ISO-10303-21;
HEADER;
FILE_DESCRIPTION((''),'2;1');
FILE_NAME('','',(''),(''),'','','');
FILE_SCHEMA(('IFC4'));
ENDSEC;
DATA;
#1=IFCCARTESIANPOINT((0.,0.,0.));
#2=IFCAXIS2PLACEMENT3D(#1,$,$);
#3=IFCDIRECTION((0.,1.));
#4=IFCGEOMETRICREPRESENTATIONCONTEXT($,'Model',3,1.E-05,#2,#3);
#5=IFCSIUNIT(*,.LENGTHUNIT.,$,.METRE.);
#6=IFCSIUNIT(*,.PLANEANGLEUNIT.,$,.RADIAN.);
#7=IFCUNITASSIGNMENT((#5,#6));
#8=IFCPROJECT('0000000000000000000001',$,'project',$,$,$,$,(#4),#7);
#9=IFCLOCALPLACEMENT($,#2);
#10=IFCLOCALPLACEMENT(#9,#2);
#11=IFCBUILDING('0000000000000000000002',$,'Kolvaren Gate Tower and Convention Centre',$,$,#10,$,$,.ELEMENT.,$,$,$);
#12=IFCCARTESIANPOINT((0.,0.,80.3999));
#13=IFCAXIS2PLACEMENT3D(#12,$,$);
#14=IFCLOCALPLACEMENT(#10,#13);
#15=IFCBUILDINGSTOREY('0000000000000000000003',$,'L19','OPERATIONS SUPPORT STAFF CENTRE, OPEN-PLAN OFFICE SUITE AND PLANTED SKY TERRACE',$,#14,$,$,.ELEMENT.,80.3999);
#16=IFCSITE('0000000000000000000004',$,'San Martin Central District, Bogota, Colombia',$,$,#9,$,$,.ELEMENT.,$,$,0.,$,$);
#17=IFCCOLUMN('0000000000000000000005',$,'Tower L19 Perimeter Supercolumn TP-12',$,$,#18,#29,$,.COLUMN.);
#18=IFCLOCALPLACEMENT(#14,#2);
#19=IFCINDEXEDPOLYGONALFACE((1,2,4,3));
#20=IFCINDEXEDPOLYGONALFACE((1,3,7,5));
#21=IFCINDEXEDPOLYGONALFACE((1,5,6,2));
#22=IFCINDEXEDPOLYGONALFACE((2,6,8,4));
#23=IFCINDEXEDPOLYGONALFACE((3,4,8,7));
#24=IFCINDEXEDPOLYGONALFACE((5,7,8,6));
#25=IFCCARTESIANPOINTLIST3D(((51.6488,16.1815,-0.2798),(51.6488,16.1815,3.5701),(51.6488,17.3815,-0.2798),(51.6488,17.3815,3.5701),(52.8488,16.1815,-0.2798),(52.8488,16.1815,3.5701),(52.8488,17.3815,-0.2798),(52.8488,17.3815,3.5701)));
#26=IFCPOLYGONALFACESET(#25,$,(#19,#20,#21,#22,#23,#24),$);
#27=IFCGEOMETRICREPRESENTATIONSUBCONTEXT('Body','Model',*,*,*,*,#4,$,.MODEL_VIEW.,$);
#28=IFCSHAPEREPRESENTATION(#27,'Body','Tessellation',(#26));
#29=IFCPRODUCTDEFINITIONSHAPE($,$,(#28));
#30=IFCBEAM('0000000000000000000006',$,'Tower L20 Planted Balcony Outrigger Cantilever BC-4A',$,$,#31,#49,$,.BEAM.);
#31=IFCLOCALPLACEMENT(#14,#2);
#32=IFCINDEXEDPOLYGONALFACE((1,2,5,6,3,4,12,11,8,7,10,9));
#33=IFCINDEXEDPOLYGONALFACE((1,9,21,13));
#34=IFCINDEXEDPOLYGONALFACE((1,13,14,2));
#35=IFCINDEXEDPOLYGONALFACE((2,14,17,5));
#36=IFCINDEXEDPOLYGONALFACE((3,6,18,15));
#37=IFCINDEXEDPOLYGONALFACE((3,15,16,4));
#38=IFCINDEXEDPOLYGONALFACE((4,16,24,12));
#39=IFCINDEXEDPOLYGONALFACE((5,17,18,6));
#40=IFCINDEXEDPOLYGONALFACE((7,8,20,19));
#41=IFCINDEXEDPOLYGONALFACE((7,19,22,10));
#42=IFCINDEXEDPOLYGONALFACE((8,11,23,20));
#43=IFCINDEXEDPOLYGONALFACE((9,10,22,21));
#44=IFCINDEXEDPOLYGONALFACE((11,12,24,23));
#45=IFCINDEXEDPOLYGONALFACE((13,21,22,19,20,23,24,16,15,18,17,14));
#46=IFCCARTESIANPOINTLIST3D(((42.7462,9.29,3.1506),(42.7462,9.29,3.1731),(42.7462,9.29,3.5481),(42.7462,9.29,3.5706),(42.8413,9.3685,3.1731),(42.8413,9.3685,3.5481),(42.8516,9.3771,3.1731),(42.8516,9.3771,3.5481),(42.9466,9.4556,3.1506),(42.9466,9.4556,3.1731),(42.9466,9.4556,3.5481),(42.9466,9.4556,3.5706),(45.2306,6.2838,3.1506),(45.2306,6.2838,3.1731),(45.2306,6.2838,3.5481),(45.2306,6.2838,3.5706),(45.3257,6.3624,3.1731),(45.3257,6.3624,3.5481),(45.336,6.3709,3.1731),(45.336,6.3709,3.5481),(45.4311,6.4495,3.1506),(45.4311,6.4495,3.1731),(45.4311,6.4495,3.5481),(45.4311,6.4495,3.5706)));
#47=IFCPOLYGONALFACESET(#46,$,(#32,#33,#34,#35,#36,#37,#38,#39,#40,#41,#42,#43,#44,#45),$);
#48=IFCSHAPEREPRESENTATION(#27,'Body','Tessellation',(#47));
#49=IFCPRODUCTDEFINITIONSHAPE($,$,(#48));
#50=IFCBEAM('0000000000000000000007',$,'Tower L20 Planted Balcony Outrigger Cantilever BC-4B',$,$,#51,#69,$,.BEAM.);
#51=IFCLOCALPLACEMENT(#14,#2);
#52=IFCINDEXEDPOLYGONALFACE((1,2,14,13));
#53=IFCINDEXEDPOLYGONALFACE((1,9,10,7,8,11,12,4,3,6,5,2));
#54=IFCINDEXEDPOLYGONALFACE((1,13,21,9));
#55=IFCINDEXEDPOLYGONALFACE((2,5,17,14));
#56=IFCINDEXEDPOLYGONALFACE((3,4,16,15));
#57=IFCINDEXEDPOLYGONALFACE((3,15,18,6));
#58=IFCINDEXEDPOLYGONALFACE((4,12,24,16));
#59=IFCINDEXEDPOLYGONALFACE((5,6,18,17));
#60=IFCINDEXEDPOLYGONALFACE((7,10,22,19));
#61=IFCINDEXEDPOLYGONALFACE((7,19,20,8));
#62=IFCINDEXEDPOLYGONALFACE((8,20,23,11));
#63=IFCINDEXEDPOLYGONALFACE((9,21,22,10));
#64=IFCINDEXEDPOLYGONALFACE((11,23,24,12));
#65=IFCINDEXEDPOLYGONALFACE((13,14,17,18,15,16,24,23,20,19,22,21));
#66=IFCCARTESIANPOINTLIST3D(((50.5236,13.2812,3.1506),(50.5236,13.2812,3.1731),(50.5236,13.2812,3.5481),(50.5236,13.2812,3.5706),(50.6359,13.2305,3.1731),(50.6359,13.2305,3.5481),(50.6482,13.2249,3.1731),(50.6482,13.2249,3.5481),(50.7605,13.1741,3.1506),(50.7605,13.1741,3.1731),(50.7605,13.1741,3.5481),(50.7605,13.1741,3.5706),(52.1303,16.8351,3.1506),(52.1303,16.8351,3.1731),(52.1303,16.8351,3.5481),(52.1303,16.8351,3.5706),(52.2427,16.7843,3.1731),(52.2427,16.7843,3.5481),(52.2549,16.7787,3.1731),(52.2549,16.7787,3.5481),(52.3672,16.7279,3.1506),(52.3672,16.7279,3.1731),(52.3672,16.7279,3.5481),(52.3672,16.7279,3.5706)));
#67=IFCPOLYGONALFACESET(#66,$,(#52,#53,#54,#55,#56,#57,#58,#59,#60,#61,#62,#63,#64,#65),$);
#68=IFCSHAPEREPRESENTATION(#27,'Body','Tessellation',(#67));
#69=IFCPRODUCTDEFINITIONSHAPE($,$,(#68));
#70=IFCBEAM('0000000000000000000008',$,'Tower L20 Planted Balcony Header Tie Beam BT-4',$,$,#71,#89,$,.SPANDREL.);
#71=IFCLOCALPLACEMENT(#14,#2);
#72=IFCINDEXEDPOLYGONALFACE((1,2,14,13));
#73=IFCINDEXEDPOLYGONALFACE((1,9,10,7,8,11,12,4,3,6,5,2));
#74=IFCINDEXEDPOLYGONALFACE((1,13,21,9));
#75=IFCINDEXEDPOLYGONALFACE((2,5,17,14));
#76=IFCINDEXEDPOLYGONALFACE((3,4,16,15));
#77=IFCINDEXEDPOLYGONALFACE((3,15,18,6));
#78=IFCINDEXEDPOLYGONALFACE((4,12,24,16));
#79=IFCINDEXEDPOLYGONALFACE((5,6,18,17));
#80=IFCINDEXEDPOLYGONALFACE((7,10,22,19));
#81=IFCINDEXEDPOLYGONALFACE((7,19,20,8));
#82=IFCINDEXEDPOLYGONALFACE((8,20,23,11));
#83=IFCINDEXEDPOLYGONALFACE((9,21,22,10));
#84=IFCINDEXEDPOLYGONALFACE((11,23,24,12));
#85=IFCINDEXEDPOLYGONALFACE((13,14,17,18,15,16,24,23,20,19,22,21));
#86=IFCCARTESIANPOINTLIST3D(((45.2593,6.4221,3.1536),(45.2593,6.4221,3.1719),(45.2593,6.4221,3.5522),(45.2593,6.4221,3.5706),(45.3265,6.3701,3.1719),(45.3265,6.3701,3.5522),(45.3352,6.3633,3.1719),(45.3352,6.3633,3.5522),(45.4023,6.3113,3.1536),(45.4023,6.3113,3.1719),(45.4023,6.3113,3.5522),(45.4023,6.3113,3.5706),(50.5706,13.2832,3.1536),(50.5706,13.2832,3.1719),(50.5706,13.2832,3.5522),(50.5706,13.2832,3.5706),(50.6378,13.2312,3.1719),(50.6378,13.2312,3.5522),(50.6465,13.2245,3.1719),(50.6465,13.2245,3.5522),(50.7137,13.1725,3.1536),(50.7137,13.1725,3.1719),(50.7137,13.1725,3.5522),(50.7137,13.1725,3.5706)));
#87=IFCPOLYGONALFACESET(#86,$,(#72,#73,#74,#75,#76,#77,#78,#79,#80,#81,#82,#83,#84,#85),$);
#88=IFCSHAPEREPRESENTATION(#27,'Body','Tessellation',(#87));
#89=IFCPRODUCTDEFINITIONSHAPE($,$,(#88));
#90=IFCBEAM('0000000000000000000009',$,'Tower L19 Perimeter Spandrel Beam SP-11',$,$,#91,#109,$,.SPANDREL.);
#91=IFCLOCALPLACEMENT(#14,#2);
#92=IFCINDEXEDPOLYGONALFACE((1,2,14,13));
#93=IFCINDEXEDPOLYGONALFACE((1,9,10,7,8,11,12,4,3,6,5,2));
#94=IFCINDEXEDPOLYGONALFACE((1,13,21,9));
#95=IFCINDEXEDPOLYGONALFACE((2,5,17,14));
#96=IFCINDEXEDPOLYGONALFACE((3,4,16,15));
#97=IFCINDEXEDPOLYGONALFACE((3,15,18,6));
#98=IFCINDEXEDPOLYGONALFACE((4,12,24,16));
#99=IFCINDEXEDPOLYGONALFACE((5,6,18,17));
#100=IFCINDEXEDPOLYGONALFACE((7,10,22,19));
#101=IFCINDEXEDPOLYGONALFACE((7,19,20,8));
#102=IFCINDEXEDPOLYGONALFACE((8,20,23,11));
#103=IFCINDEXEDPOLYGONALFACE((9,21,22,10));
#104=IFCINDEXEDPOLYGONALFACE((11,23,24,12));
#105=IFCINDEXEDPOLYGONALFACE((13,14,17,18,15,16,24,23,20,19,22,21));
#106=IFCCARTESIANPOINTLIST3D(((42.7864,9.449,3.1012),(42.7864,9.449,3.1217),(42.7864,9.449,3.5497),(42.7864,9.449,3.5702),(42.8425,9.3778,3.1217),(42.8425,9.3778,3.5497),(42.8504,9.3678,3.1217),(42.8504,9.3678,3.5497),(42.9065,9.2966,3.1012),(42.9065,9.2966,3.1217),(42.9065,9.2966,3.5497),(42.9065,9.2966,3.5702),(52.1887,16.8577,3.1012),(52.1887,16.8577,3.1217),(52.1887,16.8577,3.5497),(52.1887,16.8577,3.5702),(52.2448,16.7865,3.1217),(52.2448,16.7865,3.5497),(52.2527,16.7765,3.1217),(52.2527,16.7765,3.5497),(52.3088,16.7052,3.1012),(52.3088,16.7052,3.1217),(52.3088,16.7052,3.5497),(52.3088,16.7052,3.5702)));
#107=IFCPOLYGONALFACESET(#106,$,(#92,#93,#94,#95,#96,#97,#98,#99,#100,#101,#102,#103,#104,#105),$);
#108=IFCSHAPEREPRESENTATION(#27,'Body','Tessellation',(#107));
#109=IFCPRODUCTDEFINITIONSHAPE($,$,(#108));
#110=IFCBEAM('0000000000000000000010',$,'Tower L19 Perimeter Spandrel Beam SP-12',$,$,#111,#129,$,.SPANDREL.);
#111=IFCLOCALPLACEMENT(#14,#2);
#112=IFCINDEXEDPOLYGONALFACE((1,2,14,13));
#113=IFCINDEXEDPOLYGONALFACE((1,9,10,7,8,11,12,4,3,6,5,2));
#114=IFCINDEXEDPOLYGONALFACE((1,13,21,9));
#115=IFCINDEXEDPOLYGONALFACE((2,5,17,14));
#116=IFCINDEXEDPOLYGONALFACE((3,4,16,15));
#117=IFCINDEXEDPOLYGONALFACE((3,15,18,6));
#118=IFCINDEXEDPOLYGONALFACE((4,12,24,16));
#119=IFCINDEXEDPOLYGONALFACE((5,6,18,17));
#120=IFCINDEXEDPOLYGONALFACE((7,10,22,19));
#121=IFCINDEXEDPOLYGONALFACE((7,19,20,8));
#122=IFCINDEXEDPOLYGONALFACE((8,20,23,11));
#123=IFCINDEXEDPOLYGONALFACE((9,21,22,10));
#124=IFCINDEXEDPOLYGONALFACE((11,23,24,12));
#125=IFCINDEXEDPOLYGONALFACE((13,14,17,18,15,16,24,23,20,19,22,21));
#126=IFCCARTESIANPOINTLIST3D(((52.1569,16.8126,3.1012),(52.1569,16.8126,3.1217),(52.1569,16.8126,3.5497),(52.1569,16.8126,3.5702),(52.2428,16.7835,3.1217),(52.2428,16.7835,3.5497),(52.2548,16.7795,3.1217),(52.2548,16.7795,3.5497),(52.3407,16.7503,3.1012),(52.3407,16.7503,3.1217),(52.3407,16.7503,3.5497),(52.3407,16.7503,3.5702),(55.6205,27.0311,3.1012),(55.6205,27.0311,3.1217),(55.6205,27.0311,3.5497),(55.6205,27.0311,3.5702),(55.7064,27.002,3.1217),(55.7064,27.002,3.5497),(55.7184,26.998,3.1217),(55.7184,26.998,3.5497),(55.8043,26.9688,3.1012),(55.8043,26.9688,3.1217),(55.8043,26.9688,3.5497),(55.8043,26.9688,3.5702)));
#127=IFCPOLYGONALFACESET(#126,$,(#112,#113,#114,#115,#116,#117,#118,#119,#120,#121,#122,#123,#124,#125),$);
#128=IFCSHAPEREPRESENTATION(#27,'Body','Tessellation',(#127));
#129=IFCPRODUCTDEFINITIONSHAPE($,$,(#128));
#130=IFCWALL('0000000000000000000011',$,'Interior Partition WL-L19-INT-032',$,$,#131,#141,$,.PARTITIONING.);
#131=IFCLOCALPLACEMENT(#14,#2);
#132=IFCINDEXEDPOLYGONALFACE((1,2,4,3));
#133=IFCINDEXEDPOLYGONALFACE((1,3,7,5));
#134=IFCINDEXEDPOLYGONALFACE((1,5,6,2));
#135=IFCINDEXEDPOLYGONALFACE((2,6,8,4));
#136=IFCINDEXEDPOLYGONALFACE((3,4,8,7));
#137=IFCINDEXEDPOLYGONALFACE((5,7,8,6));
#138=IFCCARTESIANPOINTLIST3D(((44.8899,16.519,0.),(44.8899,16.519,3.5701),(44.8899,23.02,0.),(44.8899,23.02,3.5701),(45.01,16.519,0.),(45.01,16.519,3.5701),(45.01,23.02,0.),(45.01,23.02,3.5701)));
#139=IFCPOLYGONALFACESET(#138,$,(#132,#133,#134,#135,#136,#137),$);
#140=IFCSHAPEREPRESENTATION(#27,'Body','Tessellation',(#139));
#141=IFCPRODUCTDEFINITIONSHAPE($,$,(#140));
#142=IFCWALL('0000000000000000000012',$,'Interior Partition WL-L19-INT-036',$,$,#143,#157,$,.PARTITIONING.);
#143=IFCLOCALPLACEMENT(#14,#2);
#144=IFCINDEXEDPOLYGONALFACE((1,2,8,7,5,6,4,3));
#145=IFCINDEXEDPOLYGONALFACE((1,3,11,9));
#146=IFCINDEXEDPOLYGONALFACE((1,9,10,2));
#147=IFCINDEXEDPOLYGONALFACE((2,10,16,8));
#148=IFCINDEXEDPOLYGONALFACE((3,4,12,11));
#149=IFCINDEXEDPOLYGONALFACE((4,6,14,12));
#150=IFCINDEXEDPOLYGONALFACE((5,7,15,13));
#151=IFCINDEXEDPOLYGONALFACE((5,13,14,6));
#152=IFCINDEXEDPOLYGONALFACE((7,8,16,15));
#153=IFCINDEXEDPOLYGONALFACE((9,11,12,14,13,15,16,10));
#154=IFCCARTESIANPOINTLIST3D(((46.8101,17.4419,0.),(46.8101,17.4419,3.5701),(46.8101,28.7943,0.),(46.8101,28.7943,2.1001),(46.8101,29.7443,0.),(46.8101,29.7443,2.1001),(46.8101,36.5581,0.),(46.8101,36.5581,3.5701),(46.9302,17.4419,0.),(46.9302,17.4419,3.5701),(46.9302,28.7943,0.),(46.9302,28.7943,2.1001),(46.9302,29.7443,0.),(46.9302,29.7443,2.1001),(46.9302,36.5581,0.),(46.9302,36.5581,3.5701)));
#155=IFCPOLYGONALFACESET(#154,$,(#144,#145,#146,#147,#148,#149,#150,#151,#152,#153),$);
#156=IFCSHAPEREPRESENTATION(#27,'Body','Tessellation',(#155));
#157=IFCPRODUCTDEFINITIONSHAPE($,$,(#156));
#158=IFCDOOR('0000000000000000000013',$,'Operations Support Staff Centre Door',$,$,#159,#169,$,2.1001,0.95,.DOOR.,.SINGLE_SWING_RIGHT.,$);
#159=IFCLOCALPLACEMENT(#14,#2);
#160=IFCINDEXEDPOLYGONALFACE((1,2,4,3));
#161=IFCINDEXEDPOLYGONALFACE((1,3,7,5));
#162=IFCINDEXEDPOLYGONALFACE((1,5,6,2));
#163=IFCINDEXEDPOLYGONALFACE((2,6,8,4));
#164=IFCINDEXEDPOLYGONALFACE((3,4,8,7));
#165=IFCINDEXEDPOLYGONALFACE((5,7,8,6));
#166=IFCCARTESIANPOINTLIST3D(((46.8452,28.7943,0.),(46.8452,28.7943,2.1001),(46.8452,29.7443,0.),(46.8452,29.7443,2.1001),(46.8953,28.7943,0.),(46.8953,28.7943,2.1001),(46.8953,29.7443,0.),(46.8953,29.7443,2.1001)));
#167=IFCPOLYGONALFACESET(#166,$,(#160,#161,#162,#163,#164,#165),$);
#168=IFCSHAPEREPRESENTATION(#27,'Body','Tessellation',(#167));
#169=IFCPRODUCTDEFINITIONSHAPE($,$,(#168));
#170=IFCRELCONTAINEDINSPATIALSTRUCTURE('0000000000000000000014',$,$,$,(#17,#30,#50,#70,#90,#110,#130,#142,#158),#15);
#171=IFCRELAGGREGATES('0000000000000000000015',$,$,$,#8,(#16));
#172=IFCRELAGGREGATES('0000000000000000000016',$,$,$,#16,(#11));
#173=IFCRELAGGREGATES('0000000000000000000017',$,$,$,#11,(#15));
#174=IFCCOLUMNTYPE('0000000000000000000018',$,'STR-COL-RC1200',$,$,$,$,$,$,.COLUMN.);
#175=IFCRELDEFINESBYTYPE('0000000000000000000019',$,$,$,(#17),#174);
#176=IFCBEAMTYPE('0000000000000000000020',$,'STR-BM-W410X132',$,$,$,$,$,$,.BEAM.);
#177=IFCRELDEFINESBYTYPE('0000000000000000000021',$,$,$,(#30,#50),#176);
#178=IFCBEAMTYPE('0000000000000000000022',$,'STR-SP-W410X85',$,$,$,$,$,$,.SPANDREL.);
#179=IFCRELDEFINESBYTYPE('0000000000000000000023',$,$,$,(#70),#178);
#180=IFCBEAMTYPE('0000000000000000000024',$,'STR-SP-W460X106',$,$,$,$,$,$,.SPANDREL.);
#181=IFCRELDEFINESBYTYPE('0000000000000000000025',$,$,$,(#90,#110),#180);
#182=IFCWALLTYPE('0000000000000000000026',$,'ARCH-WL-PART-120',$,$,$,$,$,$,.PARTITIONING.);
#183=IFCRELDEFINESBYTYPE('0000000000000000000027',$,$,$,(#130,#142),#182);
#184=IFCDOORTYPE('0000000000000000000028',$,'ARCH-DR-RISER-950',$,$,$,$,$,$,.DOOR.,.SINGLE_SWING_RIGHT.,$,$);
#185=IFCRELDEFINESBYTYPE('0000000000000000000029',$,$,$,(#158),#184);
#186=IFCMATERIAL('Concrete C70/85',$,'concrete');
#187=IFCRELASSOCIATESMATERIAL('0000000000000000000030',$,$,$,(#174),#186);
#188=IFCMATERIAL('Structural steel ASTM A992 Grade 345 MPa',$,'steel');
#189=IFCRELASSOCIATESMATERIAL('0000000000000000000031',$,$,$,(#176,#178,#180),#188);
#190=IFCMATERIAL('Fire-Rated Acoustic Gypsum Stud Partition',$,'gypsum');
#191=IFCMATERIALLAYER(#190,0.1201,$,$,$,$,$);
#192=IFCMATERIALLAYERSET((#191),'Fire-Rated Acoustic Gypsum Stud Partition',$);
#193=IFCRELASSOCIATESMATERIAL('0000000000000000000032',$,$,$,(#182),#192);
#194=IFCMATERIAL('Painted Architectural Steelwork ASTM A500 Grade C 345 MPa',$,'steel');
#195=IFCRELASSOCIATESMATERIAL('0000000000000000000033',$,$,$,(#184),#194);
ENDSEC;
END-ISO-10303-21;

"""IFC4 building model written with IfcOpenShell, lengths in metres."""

from ifc_helpers import new_model, si_unit, direction, frame, frame_2d, origin, origin_2d, place, context, subcontext, project, spatial, rectangle, i_section, extrude, material, layer, layer_set, material_profile, profile_set, type_object, element, fill, save


model = new_model("IFC4")

# Units and contexts
model_context = context("Model", 3, precision=1e-05, world=origin(), true_north=direction((0.0, 1.0)))
body_context = subcontext(model_context, "Body", "Model", "MODEL_VIEW")
ifc_project = project(units=[si_unit("LENGTHUNIT", "METRE"), si_unit("PLANEANGLEUNIT", "RADIAN")], contexts=[model_context])

# Site, building, storey
site_placement = place(None, origin())
site = spatial("IfcSite", under=ifc_project, at=site_placement, Name="San Martin Central District, Bogota, Colombia", CompositionType="ELEMENT", RefElevation=0.0)
building_placement = place(site_placement, origin())
building = spatial("IfcBuilding", under=site, at=building_placement, Name="Kolvaren Gate Tower and Convention Centre", CompositionType="ELEMENT")
storey_placement = place(building_placement, frame((0.0, 0.0, 80.3999)))
storey = spatial("IfcBuildingStorey", under=building, at=storey_placement, Name="L19", Description="OPERATIONS SUPPORT STAFF CENTRE, OPEN-PLAN OFFICE SUITE AND PLANTED SKY TERRACE", CompositionType="ELEMENT", Elevation=80.3999)

# Column
ifc_material_1 = material(Name="Concrete C70/85", Category="concrete")
ifc_material_profile_1 = material_profile(ifc_material_1, rectangle(XDim=1.2, YDim=1.2, at=origin_2d()), Name="RC-COL-1200X1200")
ifc_profile_set_1 = profile_set([ifc_material_profile_1], Name="Concrete C70/85")
column_type = type_object("IfcColumnType", Name="STR-COL-RC1200", PredefinedType="COLUMN", material=ifc_profile_set_1)
column_placement = place(storey_placement, frame((52.2488, 16.7815, -0.2798), z_axis=(0.0, 0.0, 1.0), x_axis=(1.0, 0.0, 0.0)))
element("IfcColumn", 1, at=column_placement, inside=storey, type_object=column_type, Name="Tower L19 Perimeter Supercolumn TP-12", PredefinedType="COLUMN", context=body_context, shape_type="SweptSolid", body=[
    extrude(rectangle(XDim=1.2, YDim=1.2, at=origin_2d()), origin(), (0.0, 0.0, 1.0), 3.8499),
])

# Beams
ifc_material_2 = material(Name="Structural steel ASTM A992 Grade 345 MPa", Category="steel")
ifc_material_profile_2 = material_profile(ifc_material_2, i_section(OverallWidth=0.26, OverallDepth=0.4199, WebThickness=0.0134, FlangeThickness=0.0225, at=origin_2d()), Name="W410X132")
ifc_profile_set_2 = profile_set([ifc_material_profile_2], Name="Structural steel ASTM A992 Grade 345 MPa")
beam_type_1 = type_object("IfcBeamType", Name="STR-BM-W410X132", PredefinedType="BEAM", material=ifc_profile_set_2)
beam_1_placement = place(storey_placement, frame((42.8464, 9.3728, 3.3606), z_axis=(0.637045, -0.770827, 0.0), x_axis=(0.770827, 0.637045, 0.0)))
element("IfcBeam", 2, at=beam_1_placement, inside=storey, type_object=beam_type_1, Name="Tower L20 Planted Balcony Outrigger Cantilever BC-4A", PredefinedType="BEAM", context=body_context, shape_type="SweptSolid", body=[
    extrude(i_section(OverallWidth=0.26, OverallDepth=0.4199, WebThickness=0.0134, FlangeThickness=0.0225, at=origin_2d()), origin(), (0.0, 0.0, 1.0), 3.8999),
])
beam_2_placement = place(storey_placement, frame((52.2488, 16.7815, 3.3606), z_axis=(-0.411967, -0.911199, 0.0), x_axis=(0.911199, -0.411967, 0.0)))
element("IfcBeam", 3, at=beam_2_placement, inside=storey, type_object=beam_type_1, Name="Tower L20 Planted Balcony Outrigger Cantilever BC-4B", PredefinedType="BEAM", context=body_context, shape_type="SweptSolid", body=[
    extrude(i_section(OverallWidth=0.26, OverallDepth=0.4199, WebThickness=0.0134, FlangeThickness=0.0225, at=origin_2d()), origin(), (0.0, 0.0, 1.0), 3.9001),
])
ifc_material_profile_3 = material_profile(ifc_material_2, i_section(OverallWidth=0.1809, OverallDepth=0.417, WebThickness=0.011, FlangeThickness=0.0183, at=origin_2d()), Name="W410X85")
ifc_profile_set_3 = profile_set([ifc_material_profile_3], Name="Structural steel ASTM A992 Grade 345 MPa")
beam_type_2 = type_object("IfcBeamType", Name="STR-SP-W410X85", PredefinedType="SPANDREL", material=ifc_profile_set_3)
beam_3_placement = place(storey_placement, frame((45.3308, 6.3667, 3.3621), z_axis=(0.612135, 0.790753, 0.0), x_axis=(-0.790753, 0.612135, 0.0)))
element("IfcBeam", 4, at=beam_3_placement, inside=storey, type_object=beam_type_2, Name="Tower L20 Planted Balcony Header Tie Beam BT-4", PredefinedType="SPANDREL", context=body_context, shape_type="SweptSolid", body=[
    extrude(i_section(OverallWidth=0.1809, OverallDepth=0.417, WebThickness=0.011, FlangeThickness=0.0183, at=origin_2d()), origin(), (0.0, 0.0, 1.0), 8.6768),
])
ifc_material_profile_4 = material_profile(ifc_material_2, i_section(OverallWidth=0.1941, OverallDepth=0.469, WebThickness=0.0127, FlangeThickness=0.0205, at=origin_2d()), Name="W460X106")
ifc_profile_set_4 = profile_set([ifc_material_profile_4], Name="Structural steel ASTM A992 Grade 345 MPa")
beam_type_3 = type_object("IfcBeamType", Name="STR-SP-W460X106", PredefinedType="SPANDREL", material=ifc_profile_set_4)
beam_4_placement = place(storey_placement, frame((42.8464, 9.3728, 3.3357), z_axis=(0.78546, 0.618913, 0.0), x_axis=(-0.618913, 0.78546, 0.0)))
element("IfcBeam", 5, at=beam_4_placement, inside=storey, type_object=beam_type_3, Name="Tower L19 Perimeter Spandrel Beam SP-11", PredefinedType="SPANDREL", context=body_context, shape_type="SweptSolid", body=[
    extrude(i_section(OverallWidth=0.1941, OverallDepth=0.469, WebThickness=0.0127, FlangeThickness=0.0205, at=origin_2d()), origin(), (0.0, 0.0, 1.0), 11.9705),
])
beam_5_placement = place(storey_placement, frame((52.2488, 16.7815, 3.3357), z_axis=(0.321016, 0.947074, 0.0), x_axis=(-0.947074, 0.321016, 0.0)))
element("IfcBeam", 6, at=beam_5_placement, inside=storey, type_object=beam_type_3, Name="Tower L19 Perimeter Spandrel Beam SP-12", PredefinedType="SPANDREL", context=body_context, shape_type="SweptSolid", body=[
    extrude(i_section(OverallWidth=0.1941, OverallDepth=0.469, WebThickness=0.0127, FlangeThickness=0.0205, at=origin_2d()), origin(), (0.0, 0.0, 1.0), 10.7896),
])

# Wall
ifc_material_3 = material(Name="Fire-Rated Acoustic Gypsum Stud Partition", Category="gypsum")
ifc_layer_1 = layer(ifc_material_3, 0.1201)
ifc_layer_set_1 = layer_set([ifc_layer_1], Name="Fire-Rated Acoustic Gypsum Stud Partition")
wall_type_1 = type_object("IfcWallType", Name="ARCH-WL-PART-120", PredefinedType="PARTITIONING", material=ifc_layer_set_1)
wall_1_placement = place(storey_placement, frame((44.95, 16.519, 0.0), z_axis=(0.0, 0.0, 1.0), x_axis=(0.0, 1.0, 0.0)))
element("IfcWall", 7, at=wall_1_placement, inside=storey, type_object=wall_type_1, Name="Interior Partition WL-L19-INT-032", PredefinedType="PARTITIONING", context=body_context, shape_type="SweptSolid", body=[
    extrude(rectangle(XDim=6.501, YDim=0.1201, at=frame_2d((3.2505, 0.0))), origin(), (0.0, 0.0, 1.0), 3.5701),
])

# Wall, opening, door
wall_2_placement = place(storey_placement, frame((46.8701, 17.4419, 0.0), z_axis=(0.0, 0.0, 1.0), x_axis=(0.0, 1.0, 0.0)))
wall_2 = element("IfcWall", 8, at=wall_2_placement, inside=storey, type_object=wall_type_1, Name="Interior Partition WL-L19-INT-036", PredefinedType="PARTITIONING", context=body_context, shape_type="SweptSolid", body=[
    extrude(rectangle(XDim=19.1162, YDim=0.1201, at=frame_2d((9.5581, 0.0))), origin(), (0.0, 0.0, 1.0), 3.5701),
])
opening_1_placement = place(wall_2_placement, frame((11.3523, 0.0, 0.0)))
opening_1 = element("IfcOpeningElement", 9, at=opening_1_placement, cuts=wall_2, PredefinedType="OPENING", context=body_context, shape_type="SweptSolid", body=[
    extrude(rectangle(XDim=0.95, YDim=2.1001, at=frame_2d((0.4751, 1.05))), frame((0.0, 0.0701, 0.0), z_axis=(0.0, -1.0, 0.0), x_axis=(1.0, 0.0, 0.0)), (0.0, 0.0, 1.0), 0.1401),
])
ifc_material_4 = material(Name="Painted Architectural Steelwork ASTM A500 Grade C 345 MPa", Category="steel")
door_type = type_object("IfcDoorType", Name="ARCH-DR-RISER-950", OperationType="SINGLE_SWING_RIGHT", PredefinedType="DOOR", material=ifc_material_4)
door_placement = place(opening_1_placement, origin())
door = element("IfcDoor", 10, at=door_placement, inside=storey, type_object=door_type, Name="Operations Support Staff Centre Door", OperationType="SINGLE_SWING_RIGHT", OverallHeight=2.1001, OverallWidth=0.95, PredefinedType="DOOR", context=body_context, shape_type="SweptSolid", body=[
    extrude(rectangle(XDim=0.95, YDim=2.1001, at=frame_2d((0.4751, 1.05))), frame((0.0, 0.0249, 0.0), z_axis=(0.0, -1.0, 0.0), x_axis=(1.0, 0.0, 0.0)), (0.0, 0.0, 1.0), 0.05),
])
fill(opening_1, door)

save(model, "model.ifc")
